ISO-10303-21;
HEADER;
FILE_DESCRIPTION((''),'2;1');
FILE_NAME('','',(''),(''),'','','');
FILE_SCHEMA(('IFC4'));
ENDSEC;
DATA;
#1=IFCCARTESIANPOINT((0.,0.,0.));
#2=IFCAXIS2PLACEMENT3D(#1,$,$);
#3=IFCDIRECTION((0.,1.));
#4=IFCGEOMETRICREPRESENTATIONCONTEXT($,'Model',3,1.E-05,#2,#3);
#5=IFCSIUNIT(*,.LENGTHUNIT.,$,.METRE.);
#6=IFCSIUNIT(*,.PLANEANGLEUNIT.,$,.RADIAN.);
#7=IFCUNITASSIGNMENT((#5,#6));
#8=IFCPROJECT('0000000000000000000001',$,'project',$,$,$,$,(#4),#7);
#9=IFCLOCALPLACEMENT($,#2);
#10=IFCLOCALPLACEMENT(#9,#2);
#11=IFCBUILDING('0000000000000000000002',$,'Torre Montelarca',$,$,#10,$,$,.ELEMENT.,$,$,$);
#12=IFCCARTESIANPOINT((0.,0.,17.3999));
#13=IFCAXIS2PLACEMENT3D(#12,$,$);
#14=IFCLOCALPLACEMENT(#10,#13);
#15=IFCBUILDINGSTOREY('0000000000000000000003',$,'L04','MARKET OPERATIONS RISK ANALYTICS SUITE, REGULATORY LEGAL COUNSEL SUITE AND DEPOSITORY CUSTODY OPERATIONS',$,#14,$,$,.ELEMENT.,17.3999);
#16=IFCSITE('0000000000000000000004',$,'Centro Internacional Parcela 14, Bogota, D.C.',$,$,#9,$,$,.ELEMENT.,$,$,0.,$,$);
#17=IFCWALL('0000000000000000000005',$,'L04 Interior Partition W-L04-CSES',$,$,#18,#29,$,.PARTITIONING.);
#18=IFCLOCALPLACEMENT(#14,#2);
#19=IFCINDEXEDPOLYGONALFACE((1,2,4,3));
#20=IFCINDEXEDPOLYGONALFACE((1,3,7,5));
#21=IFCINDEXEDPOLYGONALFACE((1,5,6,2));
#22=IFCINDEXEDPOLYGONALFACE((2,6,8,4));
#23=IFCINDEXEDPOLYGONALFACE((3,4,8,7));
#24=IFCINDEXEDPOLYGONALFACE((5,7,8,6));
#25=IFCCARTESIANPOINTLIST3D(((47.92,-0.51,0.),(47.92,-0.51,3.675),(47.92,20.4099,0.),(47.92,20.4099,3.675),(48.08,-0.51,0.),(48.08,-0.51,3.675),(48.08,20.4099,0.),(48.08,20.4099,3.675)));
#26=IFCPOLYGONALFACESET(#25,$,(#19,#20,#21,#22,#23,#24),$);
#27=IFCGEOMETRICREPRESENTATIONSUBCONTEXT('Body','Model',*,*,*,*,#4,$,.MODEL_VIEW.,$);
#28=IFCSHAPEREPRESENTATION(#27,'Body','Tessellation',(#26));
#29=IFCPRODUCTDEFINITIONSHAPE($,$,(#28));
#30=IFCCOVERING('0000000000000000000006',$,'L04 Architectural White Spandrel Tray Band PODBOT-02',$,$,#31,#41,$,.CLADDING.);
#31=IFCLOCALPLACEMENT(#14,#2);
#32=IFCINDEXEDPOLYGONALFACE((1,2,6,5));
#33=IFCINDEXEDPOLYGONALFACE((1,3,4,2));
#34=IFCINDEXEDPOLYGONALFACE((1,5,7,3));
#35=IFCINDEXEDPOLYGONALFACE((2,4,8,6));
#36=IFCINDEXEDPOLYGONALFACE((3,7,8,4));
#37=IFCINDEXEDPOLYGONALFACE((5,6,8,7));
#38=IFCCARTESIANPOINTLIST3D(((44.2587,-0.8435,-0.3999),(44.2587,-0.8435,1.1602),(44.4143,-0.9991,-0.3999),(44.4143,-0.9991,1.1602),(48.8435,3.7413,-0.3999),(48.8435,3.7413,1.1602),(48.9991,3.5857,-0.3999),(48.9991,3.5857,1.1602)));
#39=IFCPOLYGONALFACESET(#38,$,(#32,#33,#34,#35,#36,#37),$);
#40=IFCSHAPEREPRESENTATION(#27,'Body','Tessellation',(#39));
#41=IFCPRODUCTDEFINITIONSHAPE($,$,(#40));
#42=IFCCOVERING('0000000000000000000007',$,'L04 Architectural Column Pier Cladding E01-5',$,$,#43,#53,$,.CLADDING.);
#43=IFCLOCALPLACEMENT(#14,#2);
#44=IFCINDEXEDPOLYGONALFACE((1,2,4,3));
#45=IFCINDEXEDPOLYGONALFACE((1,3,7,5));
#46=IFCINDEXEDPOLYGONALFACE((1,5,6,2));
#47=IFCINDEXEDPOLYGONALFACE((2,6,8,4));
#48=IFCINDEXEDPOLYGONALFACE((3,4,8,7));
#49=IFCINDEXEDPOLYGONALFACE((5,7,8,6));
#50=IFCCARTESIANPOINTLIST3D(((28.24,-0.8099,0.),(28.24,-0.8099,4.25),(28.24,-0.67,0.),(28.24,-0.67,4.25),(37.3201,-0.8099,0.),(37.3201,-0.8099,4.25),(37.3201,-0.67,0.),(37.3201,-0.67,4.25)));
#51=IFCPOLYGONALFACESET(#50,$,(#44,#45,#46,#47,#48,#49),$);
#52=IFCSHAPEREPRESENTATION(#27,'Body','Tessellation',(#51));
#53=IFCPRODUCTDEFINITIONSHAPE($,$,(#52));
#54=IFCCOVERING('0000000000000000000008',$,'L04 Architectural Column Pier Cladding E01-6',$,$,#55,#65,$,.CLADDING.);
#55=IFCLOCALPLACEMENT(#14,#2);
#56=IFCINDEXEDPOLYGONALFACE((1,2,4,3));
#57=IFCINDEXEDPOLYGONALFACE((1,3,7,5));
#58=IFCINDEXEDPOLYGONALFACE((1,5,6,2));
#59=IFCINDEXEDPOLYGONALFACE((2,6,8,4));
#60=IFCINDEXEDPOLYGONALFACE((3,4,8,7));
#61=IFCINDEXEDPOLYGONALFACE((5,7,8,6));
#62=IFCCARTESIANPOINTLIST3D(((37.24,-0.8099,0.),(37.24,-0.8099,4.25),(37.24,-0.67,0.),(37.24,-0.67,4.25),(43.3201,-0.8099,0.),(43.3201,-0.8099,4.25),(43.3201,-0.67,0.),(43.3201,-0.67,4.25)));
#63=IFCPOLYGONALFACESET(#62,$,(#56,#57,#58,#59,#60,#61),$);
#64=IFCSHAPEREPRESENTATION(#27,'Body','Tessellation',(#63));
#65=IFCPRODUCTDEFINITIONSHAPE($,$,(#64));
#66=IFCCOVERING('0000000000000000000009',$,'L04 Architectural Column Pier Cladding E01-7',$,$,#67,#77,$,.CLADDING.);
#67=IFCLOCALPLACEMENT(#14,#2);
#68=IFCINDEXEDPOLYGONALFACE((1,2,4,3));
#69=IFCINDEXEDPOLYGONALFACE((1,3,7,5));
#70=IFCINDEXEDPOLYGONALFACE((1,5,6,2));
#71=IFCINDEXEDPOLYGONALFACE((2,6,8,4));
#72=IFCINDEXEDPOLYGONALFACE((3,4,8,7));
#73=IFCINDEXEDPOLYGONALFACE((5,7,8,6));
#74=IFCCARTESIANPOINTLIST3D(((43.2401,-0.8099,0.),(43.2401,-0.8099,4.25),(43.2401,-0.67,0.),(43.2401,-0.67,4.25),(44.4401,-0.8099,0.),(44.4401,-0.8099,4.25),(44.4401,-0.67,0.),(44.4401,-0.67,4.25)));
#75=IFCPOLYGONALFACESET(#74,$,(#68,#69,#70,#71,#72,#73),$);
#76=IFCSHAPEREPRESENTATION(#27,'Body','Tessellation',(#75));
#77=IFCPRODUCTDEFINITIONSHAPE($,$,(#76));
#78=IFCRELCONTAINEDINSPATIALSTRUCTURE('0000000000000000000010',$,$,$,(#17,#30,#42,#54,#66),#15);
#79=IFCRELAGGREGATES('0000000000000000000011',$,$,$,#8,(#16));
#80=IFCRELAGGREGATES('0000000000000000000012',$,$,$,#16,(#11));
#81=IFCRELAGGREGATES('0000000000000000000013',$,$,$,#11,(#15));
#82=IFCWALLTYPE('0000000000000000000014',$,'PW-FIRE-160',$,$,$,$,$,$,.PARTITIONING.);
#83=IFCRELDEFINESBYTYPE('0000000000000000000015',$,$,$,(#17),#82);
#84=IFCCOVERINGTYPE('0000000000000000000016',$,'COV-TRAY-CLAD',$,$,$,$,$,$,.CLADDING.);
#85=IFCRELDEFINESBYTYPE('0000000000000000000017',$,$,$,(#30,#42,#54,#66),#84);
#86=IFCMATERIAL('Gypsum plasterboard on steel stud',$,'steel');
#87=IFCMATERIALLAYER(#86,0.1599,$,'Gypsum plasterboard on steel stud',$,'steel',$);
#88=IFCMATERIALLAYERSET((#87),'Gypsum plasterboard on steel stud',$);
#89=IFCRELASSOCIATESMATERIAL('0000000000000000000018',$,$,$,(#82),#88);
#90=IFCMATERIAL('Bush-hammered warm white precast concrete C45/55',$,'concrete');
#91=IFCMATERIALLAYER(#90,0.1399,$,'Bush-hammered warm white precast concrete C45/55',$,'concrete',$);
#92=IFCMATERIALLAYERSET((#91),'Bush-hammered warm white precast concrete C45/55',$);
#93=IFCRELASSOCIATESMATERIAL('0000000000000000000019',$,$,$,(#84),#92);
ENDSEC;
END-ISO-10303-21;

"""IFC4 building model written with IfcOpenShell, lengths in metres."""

from ifc_helpers import new_model, si_unit, direction, frame, frame_2d, origin, origin_2d, place, context, subcontext, project, spatial, rectangle, extrude, source, transform, mapped, material, layer, layer_set, type_object, element, save


model = new_model("IFC4")

# Units and contexts
model_context = context("Model", 3, precision=1e-05, world=origin(), true_north=direction((0.0, 1.0)))
body_context = subcontext(model_context, "Body", "Model", "MODEL_VIEW")
ifc_project = project(units=[si_unit("LENGTHUNIT", "METRE"), si_unit("PLANEANGLEUNIT", "RADIAN")], contexts=[model_context])

# Site, building, storey
site_placement = place(None, origin())
site = spatial("IfcSite", under=ifc_project, at=site_placement, Name="Centro Internacional Parcela 14, Bogota, D.C.", CompositionType="ELEMENT", RefElevation=0.0)
building_placement = place(site_placement, origin())
building = spatial("IfcBuilding", under=site, at=building_placement, Name="Torre Montelarca", CompositionType="ELEMENT")
storey_placement = place(building_placement, frame((0.0, 0.0, 17.3999)))
storey = spatial("IfcBuildingStorey", under=building, at=storey_placement, Name="L04", Description="MARKET OPERATIONS RISK ANALYTICS SUITE, REGULATORY LEGAL COUNSEL SUITE AND DEPOSITORY CUSTODY OPERATIONS", CompositionType="ELEMENT", Elevation=17.3999)

# Wall
ifc_material_1 = material(Name="Gypsum plasterboard on steel stud", Category="steel")
ifc_layer_1 = layer(ifc_material_1, 0.1599, Name="Gypsum plasterboard on steel stud", Category="steel")
ifc_layer_set_1 = layer_set([ifc_layer_1], Name="Gypsum plasterboard on steel stud")
wall_type_1 = type_object("IfcWallType", Name="PW-FIRE-160", PredefinedType="PARTITIONING", material=ifc_layer_set_1)
wall_1_placement = place(storey_placement, frame((48.0, -0.51, 0.0), z_axis=(0.0, 0.0, 1.0), x_axis=(0.0, 1.0, 0.0)))
element("IfcWall", 1, at=wall_1_placement, inside=storey, type_object=wall_type_1, Name="L04 Interior Partition W-L04-CSES", PredefinedType="PARTITIONING", context=body_context, shape_type="SweptSolid", body=[
    extrude(rectangle(XDim=20.9199, YDim=0.1599, at=frame_2d((10.46, 0.0))), origin(), (0.0, 0.0, 1.0), 3.675),
])

# Coverings
ifc_material_2 = material(Name="Bush-hammered warm white precast concrete C45/55", Category="concrete")
ifc_layer_2 = layer(ifc_material_2, 0.1399, Name="Bush-hammered warm white precast concrete C45/55", Category="concrete")
ifc_layer_set_2 = layer_set([ifc_layer_2], Name="Bush-hammered warm white precast concrete C45/55")
covering_type = type_object("IfcCoveringType", Name="COV-TRAY-CLAD", PredefinedType="CLADDING", material=ifc_layer_set_2)
shared_shape_1 = source(origin(), body_context, "Body", "SweptSolid", [
    extrude(rectangle(XDim=6.4839, YDim=0.22, at=origin_2d()), origin(), (0.0, 0.0, 1.0), 1.5601),
])
covering_1_placement = place(storey_placement, frame((46.6289, 1.3711, -0.3999), z_axis=(0.0, 0.0, 1.0), x_axis=(0.707107, 0.707107, 0.0)))
element("IfcCovering", 2, at=covering_1_placement, inside=storey, type_object=covering_type, Name="L04 Architectural White Spandrel Tray Band PODBOT-02", PredefinedType="CLADDING", context=body_context, shape_type="MappedRepresentation", body=[
    mapped(shared_shape_1, transform((0.0, 0.0, 0.0), scale=1.0)),
])
shared_shape_2 = source(origin(), body_context, "Body", "SweptSolid", [
    extrude(rectangle(XDim=9.0801, YDim=0.1399, at=origin_2d()), origin(), (0.0, 0.0, 1.0), 4.25),
])
covering_2_placement = place(storey_placement, frame((32.78, -0.74, 0.0), z_axis=(0.0, 0.0, 1.0), x_axis=(1.0, 0.0, 0.0)))
element("IfcCovering", 3, at=covering_2_placement, inside=storey, type_object=covering_type, Name="L04 Architectural Column Pier Cladding E01-5", PredefinedType="CLADDING", context=body_context, shape_type="MappedRepresentation", body=[
    mapped(shared_shape_2, transform((0.0, 0.0, 0.0), scale=1.0)),
])
shared_shape_3 = source(origin(), body_context, "Body", "SweptSolid", [
    extrude(rectangle(XDim=6.0801, YDim=0.1399, at=origin_2d()), origin(), (0.0, 0.0, 1.0), 4.25),
])
covering_3_placement = place(storey_placement, frame((40.28, -0.74, 0.0), z_axis=(0.0, 0.0, 1.0), x_axis=(1.0, 0.0, 0.0)))
element("IfcCovering", 4, at=covering_3_placement, inside=storey, type_object=covering_type, Name="L04 Architectural Column Pier Cladding E01-6", PredefinedType="CLADDING", context=body_context, shape_type="MappedRepresentation", body=[
    mapped(shared_shape_3, transform((0.0, 0.0, 0.0), scale=1.0)),
])
shared_shape_4 = source(origin(), body_context, "Body", "SweptSolid", [
    extrude(rectangle(XDim=1.2, YDim=0.1399, at=origin_2d()), origin(), (0.0, 0.0, 1.0), 4.25),
])
covering_4_placement = place(storey_placement, frame((43.8401, -0.74, 0.0), z_axis=(0.0, 0.0, 1.0), x_axis=(1.0, 0.0, 0.0)))
element("IfcCovering", 5, at=covering_4_placement, inside=storey, type_object=covering_type, Name="L04 Architectural Column Pier Cladding E01-7", PredefinedType="CLADDING", context=body_context, shape_type="MappedRepresentation", body=[
    mapped(shared_shape_4, transform((0.0, 0.0, 0.0), scale=1.0)),
])

save(model, "model.ifc")
